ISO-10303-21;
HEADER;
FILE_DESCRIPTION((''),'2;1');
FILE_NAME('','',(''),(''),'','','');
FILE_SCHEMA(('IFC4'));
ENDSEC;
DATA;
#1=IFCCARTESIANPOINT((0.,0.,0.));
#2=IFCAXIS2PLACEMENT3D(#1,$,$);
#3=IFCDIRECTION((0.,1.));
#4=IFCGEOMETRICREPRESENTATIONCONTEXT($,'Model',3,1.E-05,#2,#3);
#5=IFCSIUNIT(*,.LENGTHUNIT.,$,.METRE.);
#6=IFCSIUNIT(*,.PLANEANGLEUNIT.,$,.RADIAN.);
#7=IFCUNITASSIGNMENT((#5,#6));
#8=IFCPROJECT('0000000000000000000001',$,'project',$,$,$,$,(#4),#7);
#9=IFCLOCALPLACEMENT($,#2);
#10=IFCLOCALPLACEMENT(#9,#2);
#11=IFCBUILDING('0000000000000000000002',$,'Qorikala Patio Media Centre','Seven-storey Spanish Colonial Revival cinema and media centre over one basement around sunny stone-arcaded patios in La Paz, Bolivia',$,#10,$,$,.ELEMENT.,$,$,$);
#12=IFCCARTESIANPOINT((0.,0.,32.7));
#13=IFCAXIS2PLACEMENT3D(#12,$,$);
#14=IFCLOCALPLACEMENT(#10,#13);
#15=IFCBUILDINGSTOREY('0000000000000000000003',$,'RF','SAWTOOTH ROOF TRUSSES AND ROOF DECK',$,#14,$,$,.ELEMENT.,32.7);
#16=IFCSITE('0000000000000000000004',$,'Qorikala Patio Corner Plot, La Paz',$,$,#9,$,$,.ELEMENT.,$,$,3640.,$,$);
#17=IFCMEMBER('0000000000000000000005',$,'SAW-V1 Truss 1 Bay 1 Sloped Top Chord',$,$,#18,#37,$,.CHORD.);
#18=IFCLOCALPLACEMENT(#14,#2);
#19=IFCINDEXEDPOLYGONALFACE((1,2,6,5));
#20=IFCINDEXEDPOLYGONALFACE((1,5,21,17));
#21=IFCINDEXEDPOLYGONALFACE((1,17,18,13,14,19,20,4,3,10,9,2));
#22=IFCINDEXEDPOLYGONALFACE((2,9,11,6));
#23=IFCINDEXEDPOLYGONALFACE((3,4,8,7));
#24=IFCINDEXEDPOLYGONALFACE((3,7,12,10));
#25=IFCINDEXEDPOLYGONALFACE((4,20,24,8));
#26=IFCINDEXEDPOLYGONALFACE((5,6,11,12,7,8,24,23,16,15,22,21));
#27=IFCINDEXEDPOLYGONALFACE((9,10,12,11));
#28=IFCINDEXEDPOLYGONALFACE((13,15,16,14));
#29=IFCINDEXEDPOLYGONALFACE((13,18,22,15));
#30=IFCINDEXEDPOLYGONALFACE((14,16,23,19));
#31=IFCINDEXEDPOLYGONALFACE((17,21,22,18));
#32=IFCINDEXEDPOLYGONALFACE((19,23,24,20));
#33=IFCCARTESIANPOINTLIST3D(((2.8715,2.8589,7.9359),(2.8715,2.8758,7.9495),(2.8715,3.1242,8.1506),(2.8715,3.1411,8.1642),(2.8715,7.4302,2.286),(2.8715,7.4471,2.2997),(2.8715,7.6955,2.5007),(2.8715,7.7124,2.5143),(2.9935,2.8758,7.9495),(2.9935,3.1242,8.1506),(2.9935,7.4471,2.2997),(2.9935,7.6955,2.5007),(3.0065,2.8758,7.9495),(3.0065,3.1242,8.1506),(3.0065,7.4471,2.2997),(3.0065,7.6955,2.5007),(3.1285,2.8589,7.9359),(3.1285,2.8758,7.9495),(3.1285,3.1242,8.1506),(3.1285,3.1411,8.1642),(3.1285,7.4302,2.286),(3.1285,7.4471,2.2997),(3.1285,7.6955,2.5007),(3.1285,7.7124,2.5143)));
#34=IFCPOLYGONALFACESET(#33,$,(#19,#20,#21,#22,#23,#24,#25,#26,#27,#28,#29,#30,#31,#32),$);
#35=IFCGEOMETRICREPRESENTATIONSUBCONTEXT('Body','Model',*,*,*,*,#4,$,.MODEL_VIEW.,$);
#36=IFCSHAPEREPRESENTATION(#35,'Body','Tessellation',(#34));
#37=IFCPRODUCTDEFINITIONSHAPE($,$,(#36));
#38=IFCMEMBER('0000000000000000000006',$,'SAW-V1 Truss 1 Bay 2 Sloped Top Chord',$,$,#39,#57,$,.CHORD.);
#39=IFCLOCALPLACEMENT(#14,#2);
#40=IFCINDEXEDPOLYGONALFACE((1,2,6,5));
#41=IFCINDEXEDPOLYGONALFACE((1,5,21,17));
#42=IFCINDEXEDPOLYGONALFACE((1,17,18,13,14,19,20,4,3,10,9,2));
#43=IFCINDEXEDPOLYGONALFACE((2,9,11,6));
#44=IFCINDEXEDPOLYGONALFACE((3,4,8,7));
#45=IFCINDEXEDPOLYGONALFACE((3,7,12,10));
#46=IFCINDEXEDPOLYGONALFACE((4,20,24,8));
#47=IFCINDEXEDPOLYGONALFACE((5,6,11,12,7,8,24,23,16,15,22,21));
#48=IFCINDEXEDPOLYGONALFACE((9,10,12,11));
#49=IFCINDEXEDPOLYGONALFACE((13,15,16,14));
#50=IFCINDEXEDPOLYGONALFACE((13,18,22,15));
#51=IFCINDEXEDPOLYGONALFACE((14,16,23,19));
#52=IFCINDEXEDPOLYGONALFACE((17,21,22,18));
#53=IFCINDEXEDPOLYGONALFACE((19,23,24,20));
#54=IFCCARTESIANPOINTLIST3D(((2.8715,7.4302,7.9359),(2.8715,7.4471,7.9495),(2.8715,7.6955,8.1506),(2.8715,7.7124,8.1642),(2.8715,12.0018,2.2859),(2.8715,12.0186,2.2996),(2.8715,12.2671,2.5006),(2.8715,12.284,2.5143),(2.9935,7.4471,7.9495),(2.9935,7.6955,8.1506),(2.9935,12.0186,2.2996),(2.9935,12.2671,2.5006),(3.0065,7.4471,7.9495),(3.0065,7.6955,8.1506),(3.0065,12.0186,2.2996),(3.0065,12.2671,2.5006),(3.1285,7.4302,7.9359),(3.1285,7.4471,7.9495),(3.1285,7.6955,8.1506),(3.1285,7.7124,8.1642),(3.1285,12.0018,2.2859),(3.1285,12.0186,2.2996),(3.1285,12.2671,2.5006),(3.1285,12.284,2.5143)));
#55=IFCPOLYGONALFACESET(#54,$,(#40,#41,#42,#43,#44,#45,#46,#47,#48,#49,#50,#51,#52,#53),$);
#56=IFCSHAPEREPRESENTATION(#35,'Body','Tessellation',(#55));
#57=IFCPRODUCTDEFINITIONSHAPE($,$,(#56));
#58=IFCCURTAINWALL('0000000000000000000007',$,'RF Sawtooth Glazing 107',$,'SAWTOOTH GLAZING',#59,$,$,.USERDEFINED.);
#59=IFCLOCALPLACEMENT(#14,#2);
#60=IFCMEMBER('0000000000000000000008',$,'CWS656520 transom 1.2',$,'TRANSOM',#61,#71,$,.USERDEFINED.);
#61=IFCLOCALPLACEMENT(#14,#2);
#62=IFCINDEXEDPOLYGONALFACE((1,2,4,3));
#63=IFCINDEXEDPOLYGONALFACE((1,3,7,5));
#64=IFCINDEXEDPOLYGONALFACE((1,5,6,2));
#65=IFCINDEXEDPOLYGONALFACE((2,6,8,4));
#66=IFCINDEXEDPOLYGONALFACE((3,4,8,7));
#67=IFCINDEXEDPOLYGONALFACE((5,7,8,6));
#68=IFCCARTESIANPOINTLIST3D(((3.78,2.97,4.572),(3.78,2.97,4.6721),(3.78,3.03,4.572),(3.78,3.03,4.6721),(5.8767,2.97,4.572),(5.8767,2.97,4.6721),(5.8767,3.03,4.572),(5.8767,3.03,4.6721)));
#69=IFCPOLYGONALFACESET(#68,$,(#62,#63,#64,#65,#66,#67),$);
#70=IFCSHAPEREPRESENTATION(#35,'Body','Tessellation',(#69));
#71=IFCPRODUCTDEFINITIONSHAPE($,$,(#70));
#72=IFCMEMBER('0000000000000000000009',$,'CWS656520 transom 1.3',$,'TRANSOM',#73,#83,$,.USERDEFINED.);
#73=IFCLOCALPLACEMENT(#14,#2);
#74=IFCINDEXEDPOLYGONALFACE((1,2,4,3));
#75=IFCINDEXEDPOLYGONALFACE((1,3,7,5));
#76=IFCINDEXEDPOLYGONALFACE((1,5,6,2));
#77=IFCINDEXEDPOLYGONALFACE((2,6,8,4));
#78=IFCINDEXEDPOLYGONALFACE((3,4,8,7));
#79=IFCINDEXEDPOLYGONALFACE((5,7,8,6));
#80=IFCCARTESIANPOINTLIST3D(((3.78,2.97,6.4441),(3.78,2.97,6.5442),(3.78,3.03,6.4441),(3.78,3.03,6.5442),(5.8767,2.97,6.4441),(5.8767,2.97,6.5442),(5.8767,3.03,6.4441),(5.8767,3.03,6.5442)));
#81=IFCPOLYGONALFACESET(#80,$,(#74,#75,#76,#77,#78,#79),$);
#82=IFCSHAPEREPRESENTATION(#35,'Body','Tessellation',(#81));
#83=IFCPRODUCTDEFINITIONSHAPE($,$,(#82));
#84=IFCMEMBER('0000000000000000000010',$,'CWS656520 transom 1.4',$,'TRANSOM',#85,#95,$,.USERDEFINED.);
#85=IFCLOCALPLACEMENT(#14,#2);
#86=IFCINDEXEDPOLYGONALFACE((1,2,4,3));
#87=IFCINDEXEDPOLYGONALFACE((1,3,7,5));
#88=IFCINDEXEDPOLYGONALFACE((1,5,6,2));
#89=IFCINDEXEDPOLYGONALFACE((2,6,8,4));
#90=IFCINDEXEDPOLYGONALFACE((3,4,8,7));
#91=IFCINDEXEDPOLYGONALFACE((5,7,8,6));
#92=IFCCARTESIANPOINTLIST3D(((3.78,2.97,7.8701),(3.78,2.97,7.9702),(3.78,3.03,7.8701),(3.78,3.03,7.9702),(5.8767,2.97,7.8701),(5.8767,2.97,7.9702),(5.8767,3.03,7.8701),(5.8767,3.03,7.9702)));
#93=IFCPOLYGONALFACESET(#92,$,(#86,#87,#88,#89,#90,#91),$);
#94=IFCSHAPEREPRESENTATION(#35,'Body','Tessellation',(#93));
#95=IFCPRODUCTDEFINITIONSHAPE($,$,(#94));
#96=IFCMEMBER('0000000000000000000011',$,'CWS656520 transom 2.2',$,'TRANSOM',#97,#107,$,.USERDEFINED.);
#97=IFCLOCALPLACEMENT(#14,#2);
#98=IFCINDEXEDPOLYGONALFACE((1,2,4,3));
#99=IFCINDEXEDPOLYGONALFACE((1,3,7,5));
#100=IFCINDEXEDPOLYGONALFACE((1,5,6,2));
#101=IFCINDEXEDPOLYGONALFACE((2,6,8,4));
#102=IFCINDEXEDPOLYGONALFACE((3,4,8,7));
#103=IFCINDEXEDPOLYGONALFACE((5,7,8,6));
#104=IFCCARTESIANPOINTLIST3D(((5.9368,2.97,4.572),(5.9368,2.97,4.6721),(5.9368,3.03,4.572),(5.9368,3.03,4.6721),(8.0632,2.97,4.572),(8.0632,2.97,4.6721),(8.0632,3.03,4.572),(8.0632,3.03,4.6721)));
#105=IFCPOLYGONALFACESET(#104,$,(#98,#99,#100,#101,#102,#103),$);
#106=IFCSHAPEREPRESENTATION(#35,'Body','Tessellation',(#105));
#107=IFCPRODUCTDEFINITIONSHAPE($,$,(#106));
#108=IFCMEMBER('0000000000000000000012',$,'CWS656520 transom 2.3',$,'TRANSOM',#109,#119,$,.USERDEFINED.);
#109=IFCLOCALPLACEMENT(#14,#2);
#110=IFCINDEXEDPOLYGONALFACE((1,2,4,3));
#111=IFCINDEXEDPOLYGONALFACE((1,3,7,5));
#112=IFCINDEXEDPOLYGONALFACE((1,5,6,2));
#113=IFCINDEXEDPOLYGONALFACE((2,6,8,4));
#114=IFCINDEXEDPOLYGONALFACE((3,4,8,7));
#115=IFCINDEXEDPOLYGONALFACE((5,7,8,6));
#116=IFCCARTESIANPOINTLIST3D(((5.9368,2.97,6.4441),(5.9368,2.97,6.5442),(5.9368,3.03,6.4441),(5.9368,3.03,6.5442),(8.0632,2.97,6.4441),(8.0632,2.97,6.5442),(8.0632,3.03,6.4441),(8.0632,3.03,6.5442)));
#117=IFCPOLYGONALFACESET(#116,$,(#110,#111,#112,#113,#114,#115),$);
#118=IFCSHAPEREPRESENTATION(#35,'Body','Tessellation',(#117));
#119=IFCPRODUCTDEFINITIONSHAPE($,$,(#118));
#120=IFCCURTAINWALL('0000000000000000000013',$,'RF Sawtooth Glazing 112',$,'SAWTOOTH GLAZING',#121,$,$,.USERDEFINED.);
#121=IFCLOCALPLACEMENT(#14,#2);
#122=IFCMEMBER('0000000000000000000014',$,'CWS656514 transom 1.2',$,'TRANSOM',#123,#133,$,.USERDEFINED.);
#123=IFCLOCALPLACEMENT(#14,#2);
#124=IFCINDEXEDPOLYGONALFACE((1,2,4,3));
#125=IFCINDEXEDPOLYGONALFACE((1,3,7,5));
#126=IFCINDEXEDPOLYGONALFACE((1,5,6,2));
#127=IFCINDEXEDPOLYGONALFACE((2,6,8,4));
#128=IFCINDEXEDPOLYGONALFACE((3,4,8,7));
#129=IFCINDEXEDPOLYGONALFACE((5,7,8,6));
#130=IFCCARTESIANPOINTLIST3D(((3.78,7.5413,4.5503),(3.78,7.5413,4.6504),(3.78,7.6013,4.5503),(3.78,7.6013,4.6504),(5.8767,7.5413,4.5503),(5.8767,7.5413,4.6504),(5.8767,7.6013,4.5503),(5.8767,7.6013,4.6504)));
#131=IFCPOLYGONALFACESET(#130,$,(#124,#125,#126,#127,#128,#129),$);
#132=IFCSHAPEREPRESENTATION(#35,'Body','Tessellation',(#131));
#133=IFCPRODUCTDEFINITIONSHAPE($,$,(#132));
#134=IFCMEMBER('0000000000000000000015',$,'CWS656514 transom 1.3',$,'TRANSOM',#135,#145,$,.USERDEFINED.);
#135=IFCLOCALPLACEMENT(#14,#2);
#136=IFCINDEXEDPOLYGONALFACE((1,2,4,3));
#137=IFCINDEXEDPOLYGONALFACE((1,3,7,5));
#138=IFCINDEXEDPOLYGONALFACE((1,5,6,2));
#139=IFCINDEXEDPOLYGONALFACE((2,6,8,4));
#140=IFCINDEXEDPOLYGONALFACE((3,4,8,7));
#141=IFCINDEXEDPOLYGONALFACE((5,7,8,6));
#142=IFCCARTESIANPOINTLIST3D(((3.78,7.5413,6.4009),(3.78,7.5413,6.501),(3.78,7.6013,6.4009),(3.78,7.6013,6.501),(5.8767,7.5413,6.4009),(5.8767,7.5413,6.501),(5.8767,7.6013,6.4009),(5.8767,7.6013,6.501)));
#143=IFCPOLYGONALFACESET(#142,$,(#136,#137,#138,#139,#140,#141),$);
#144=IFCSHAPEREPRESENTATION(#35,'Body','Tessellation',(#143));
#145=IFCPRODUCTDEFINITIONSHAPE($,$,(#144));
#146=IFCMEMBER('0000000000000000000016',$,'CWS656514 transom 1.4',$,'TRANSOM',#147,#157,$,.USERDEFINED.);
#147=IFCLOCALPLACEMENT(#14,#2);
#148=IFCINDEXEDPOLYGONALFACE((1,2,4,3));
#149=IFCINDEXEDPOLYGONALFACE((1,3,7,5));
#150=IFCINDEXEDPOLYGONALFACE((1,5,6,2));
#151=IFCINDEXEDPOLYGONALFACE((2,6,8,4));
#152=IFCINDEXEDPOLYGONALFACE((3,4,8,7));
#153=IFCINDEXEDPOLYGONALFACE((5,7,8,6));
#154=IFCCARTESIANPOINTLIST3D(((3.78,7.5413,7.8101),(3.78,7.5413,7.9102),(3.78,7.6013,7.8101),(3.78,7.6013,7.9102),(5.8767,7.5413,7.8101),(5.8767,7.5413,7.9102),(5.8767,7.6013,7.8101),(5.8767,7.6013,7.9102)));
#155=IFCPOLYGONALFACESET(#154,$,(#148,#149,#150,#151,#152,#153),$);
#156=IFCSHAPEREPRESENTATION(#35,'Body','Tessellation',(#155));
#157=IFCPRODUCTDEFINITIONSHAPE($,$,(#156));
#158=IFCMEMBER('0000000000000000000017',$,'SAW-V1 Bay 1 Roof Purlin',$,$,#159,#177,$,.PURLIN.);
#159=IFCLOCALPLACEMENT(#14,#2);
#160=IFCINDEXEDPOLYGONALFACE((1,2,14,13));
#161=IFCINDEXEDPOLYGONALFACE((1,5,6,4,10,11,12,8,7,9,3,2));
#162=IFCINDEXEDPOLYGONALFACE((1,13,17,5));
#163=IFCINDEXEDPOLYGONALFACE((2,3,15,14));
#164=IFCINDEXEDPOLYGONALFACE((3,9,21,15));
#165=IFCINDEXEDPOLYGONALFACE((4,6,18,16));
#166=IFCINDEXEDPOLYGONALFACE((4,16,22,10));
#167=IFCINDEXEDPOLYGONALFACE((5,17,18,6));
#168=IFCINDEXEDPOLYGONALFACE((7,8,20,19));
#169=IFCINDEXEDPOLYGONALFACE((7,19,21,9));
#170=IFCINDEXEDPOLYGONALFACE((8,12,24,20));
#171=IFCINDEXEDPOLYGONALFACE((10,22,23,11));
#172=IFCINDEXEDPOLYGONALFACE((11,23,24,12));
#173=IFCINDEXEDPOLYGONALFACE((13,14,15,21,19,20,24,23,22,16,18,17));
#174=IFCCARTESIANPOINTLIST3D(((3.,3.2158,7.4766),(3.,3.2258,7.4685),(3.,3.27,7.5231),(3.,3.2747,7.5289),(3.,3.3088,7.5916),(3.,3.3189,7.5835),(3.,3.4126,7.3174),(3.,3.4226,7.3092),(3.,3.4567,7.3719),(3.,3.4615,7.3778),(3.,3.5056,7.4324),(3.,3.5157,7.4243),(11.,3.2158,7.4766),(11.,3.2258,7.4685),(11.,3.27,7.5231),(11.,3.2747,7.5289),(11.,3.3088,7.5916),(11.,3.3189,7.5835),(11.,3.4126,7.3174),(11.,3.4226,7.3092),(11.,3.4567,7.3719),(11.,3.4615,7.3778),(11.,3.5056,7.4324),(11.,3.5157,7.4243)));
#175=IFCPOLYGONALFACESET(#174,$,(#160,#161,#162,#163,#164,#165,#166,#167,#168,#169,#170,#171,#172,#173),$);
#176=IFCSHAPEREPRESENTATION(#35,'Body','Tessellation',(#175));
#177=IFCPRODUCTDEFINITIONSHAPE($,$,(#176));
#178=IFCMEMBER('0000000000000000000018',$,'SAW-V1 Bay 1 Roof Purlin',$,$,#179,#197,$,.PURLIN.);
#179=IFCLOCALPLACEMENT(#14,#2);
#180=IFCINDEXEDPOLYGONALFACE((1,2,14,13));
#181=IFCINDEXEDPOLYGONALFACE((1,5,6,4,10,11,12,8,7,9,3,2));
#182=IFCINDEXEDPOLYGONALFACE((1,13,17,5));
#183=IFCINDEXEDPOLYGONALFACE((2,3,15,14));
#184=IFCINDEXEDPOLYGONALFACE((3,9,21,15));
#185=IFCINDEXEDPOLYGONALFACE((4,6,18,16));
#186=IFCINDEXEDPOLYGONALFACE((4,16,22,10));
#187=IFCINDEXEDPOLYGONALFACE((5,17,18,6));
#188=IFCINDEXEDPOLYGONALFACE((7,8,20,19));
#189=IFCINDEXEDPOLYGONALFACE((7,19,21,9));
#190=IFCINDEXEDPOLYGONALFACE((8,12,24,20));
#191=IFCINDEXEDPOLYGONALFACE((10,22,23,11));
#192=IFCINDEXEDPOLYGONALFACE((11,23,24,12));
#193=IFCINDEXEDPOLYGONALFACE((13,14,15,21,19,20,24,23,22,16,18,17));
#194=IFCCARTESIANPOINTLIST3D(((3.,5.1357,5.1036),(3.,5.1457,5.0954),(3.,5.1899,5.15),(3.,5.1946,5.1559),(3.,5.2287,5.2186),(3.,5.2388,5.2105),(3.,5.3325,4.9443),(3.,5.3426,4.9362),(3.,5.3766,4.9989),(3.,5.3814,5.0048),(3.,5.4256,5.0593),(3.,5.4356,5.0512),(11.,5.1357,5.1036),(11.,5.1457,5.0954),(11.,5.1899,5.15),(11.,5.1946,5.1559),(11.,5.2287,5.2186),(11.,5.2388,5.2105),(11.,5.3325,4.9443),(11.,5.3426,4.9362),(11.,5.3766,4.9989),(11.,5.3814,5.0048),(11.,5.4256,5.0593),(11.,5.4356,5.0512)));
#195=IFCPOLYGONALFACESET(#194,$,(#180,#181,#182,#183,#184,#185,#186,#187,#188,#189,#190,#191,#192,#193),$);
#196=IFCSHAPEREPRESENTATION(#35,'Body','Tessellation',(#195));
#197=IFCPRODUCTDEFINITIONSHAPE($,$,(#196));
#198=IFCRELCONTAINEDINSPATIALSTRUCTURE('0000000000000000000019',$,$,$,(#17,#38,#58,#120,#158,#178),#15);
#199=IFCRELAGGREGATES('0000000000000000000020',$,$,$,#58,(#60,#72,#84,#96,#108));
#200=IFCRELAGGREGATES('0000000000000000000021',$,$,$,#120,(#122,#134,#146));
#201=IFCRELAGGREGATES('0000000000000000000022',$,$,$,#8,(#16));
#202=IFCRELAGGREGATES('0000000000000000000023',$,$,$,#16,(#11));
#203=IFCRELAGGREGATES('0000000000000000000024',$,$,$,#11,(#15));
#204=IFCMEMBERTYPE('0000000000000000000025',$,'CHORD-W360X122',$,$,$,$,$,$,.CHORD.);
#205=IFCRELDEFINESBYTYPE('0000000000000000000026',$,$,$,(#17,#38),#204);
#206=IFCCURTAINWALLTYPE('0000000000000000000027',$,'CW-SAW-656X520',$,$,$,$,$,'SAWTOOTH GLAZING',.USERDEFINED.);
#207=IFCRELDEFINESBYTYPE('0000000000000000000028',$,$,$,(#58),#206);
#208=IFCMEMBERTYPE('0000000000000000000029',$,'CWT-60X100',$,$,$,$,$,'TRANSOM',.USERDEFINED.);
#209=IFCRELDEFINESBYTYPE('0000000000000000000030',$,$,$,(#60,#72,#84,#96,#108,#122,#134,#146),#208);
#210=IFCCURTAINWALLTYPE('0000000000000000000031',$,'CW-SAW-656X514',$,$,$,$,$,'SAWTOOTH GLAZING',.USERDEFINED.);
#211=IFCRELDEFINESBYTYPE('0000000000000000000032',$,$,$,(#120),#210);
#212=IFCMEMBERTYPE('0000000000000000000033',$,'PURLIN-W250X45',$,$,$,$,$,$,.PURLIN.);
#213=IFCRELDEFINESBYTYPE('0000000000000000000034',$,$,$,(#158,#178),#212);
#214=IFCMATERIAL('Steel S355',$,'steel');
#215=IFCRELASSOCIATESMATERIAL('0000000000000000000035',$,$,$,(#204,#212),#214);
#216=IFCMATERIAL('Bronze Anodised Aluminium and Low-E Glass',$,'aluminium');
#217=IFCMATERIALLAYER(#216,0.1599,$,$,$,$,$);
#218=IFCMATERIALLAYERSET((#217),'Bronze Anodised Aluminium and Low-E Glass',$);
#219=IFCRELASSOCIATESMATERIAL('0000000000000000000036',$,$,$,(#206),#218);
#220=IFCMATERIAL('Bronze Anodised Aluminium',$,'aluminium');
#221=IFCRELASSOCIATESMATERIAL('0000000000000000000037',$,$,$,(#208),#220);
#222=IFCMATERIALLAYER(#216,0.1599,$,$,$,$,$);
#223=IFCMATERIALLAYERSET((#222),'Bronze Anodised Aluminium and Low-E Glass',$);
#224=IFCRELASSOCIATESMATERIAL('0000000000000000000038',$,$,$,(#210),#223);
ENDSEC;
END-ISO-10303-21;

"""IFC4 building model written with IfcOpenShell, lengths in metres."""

from ifc_helpers import new_model, si_unit, direction, frame, origin, origin_2d, place, context, subcontext, project, spatial, rectangle, i_section, extrude, material, layer, layer_set, material_profile, profile_set, type_object, element, aggregate, save


model = new_model("IFC4")

# Units and contexts
model_context = context("Model", 3, precision=1e-05, world=origin(), true_north=direction((0.0, 1.0)))
body_context = subcontext(model_context, "Body", "Model", "MODEL_VIEW")
ifc_project = project(units=[si_unit("LENGTHUNIT", "METRE"), si_unit("PLANEANGLEUNIT", "RADIAN")], contexts=[model_context])

# Site, building, storey
site_placement = place(None, origin())
site = spatial("IfcSite", under=ifc_project, at=site_placement, Name="Qorikala Patio Corner Plot, La Paz", CompositionType="ELEMENT", RefElevation=3640.0)
building_placement = place(site_placement, origin())
building = spatial("IfcBuilding", under=site, at=building_placement, Name="Qorikala Patio Media Centre", Description="Seven-storey Spanish Colonial Revival cinema and media centre over one basement around sunny stone-arcaded patios in La Paz, Bolivia", CompositionType="ELEMENT")
storey_placement = place(building_placement, frame((0.0, 0.0, 32.7)))
storey = spatial("IfcBuildingStorey", under=building, at=storey_placement, Name="RF", Description="SAWTOOTH ROOF TRUSSES AND ROOF DECK", CompositionType="ELEMENT", Elevation=32.7)

# Members
ifc_material_1 = material(Name="Steel S355", Category="steel")
ifc_material_profile_1 = material_profile(ifc_material_1, i_section(OverallWidth=0.2571, OverallDepth=0.363, WebThickness=0.0129, FlangeThickness=0.0217, at=origin_2d()), Name="W360X122")
ifc_profile_set_1 = profile_set([ifc_material_profile_1], Name="Steel S355")
member_type_1 = type_object("IfcMemberType", Name="CHORD-W360X122", PredefinedType="CHORD", material=ifc_profile_set_1)
member_1_placement = place(storey_placement, frame((3.0, 3.0, 8.05), z_axis=(0.0, 0.628995, -0.777409), x_axis=(-1.0, 0.0, 0.0)))
element("IfcMember", 1, at=member_1_placement, inside=storey, type_object=member_type_1, Name="SAW-V1 Truss 1 Bay 1 Sloped Top Chord", PredefinedType="CHORD", context=body_context, shape_type="SweptSolid", body=[
    extrude(i_section(OverallWidth=0.2571, OverallDepth=0.363, WebThickness=0.0129, FlangeThickness=0.0217, at=origin_2d()), origin(), (0.0, 0.0, 1.0), 7.2676),
])
member_2_placement = place(storey_placement, frame((3.0, 7.5713, 8.05), z_axis=(0.0, 0.629016, -0.777393), x_axis=(-1.0, 0.0, 0.0)))
element("IfcMember", 2, at=member_2_placement, inside=storey, type_object=member_type_1, Name="SAW-V1 Truss 1 Bay 2 Sloped Top Chord", PredefinedType="CHORD", context=body_context, shape_type="SweptSolid", body=[
    extrude(i_section(OverallWidth=0.2571, OverallDepth=0.363, WebThickness=0.0129, FlangeThickness=0.0217, at=origin_2d()), origin(), (0.0, 0.0, 1.0), 7.2678),
])

# Curtain walls, members
ifc_material_2 = material(Name="Bronze Anodised Aluminium and Low-E Glass", Category="aluminium")
ifc_layer_1 = layer(ifc_material_2, 0.1599)
ifc_layer_set_1 = layer_set([ifc_layer_1], Name="Bronze Anodised Aluminium and Low-E Glass")
curtain_wall_type_1 = type_object("IfcCurtainWallType", Name="CW-SAW-656X520", ElementType="SAWTOOTH GLAZING", PredefinedType="USERDEFINED", material=ifc_layer_set_1)
curtain_wall_1_placement = place(storey_placement, origin())
curtain_wall_1 = element("IfcCurtainWall", 3, at=curtain_wall_1_placement, inside=storey, type_object=curtain_wall_type_1, Name="RF Sawtooth Glazing 107", ObjectType="SAWTOOTH GLAZING", PredefinedType="USERDEFINED")
ifc_material_3 = material(Name="Bronze Anodised Aluminium", Category="aluminium")
ifc_material_profile_2 = material_profile(ifc_material_3, rectangle(XDim=0.0601, YDim=0.1001, at=origin_2d()), Name="ALU TRANSOM 60x100")
ifc_profile_set_2 = profile_set([ifc_material_profile_2], Name="Bronze Anodised Aluminium")
member_type_2 = type_object("IfcMemberType", Name="CWT-60X100", ElementType="TRANSOM", PredefinedType="USERDEFINED", material=ifc_profile_set_2)
member_3_placement = place(storey_placement, frame((3.78, 3.0, 4.6221), z_axis=(1.0, 0.0, 0.0), x_axis=(0.0, 1.0, 0.0)))
member_3 = element("IfcMember", 4, at=member_3_placement, type_object=member_type_2, Name="CWS656520 transom 1.2", ObjectType="TRANSOM", PredefinedType="USERDEFINED", context=body_context, shape_type="SweptSolid", body=[
    extrude(rectangle(XDim=0.0601, YDim=0.1001, at=origin_2d()), origin(), (0.0, 0.0, 1.0), 2.0967),
])
member_4_placement = place(storey_placement, frame((3.78, 3.0, 6.4941), z_axis=(1.0, 0.0, 0.0), x_axis=(0.0, 1.0, 0.0)))
member_4 = element("IfcMember", 5, at=member_4_placement, type_object=member_type_2, Name="CWS656520 transom 1.3", ObjectType="TRANSOM", PredefinedType="USERDEFINED", context=body_context, shape_type="SweptSolid", body=[
    extrude(rectangle(XDim=0.0601, YDim=0.1001, at=origin_2d()), origin(), (0.0, 0.0, 1.0), 2.0967),
])
member_5_placement = place(storey_placement, frame((3.78, 3.0, 7.9202), z_axis=(1.0, 0.0, 0.0), x_axis=(0.0, 1.0, 0.0)))
member_5 = element("IfcMember", 6, at=member_5_placement, type_object=member_type_2, Name="CWS656520 transom 1.4", ObjectType="TRANSOM", PredefinedType="USERDEFINED", context=body_context, shape_type="SweptSolid", body=[
    extrude(rectangle(XDim=0.0601, YDim=0.1001, at=origin_2d()), origin(), (0.0, 0.0, 1.0), 2.0967),
])
member_6_placement = place(storey_placement, frame((5.9368, 3.0, 4.6221), z_axis=(1.0, 0.0, 0.0), x_axis=(0.0, 1.0, 0.0)))
member_6 = element("IfcMember", 7, at=member_6_placement, type_object=member_type_2, Name="CWS656520 transom 2.2", ObjectType="TRANSOM", PredefinedType="USERDEFINED", context=body_context, shape_type="SweptSolid", body=[
    extrude(rectangle(XDim=0.0601, YDim=0.1001, at=origin_2d()), origin(), (0.0, 0.0, 1.0), 2.1265),
])
member_7_placement = place(storey_placement, frame((5.9368, 3.0, 6.4941), z_axis=(1.0, 0.0, 0.0), x_axis=(0.0, 1.0, 0.0)))
member_7 = element("IfcMember", 8, at=member_7_placement, type_object=member_type_2, Name="CWS656520 transom 2.3", ObjectType="TRANSOM", PredefinedType="USERDEFINED", context=body_context, shape_type="SweptSolid", body=[
    extrude(rectangle(XDim=0.0601, YDim=0.1001, at=origin_2d()), origin(), (0.0, 0.0, 1.0), 2.1265),
])
ifc_layer_2 = layer(ifc_material_2, 0.1599)
ifc_layer_set_2 = layer_set([ifc_layer_2], Name="Bronze Anodised Aluminium and Low-E Glass")
curtain_wall_type_2 = type_object("IfcCurtainWallType", Name="CW-SAW-656X514", ElementType="SAWTOOTH GLAZING", PredefinedType="USERDEFINED", material=ifc_layer_set_2)
curtain_wall_2_placement = place(storey_placement, origin())
curtain_wall_2 = element("IfcCurtainWall", 9, at=curtain_wall_2_placement, inside=storey, type_object=curtain_wall_type_2, Name="RF Sawtooth Glazing 112", ObjectType="SAWTOOTH GLAZING", PredefinedType="USERDEFINED")
member_8_placement = place(storey_placement, frame((3.78, 7.5713, 4.6003), z_axis=(1.0, 0.0, 0.0), x_axis=(0.0, 1.0, 0.0)))
member_8 = element("IfcMember", 10, at=member_8_placement, type_object=member_type_2, Name="CWS656514 transom 1.2", ObjectType="TRANSOM", PredefinedType="USERDEFINED", context=body_context, shape_type="SweptSolid", body=[
    extrude(rectangle(XDim=0.0601, YDim=0.1001, at=origin_2d()), origin(), (0.0, 0.0, 1.0), 2.0967),
])
member_9_placement = place(storey_placement, frame((3.78, 7.5713, 6.4509), z_axis=(1.0, 0.0, 0.0), x_axis=(0.0, 1.0, 0.0)))
member_9 = element("IfcMember", 11, at=member_9_placement, type_object=member_type_2, Name="CWS656514 transom 1.3", ObjectType="TRANSOM", PredefinedType="USERDEFINED", context=body_context, shape_type="SweptSolid", body=[
    extrude(rectangle(XDim=0.0601, YDim=0.1001, at=origin_2d()), origin(), (0.0, 0.0, 1.0), 2.0967),
])
member_10_placement = place(storey_placement, frame((3.78, 7.5713, 7.8601), z_axis=(1.0, 0.0, 0.0), x_axis=(0.0, 1.0, 0.0)))
member_10 = element("IfcMember", 12, at=member_10_placement, type_object=member_type_2, Name="CWS656514 transom 1.4", ObjectType="TRANSOM", PredefinedType="USERDEFINED", context=body_context, shape_type="SweptSolid", body=[
    extrude(rectangle(XDim=0.0601, YDim=0.1001, at=origin_2d()), origin(), (0.0, 0.0, 1.0), 2.0967),
])

# Members
ifc_material_profile_3 = material_profile(ifc_material_1, i_section(OverallWidth=0.1479, OverallDepth=0.2661, WebThickness=0.0076, FlangeThickness=0.0129, at=origin_2d()), Name="W250X45")
ifc_profile_set_3 = profile_set([ifc_material_profile_3], Name="Steel S355")
member_type_3 = type_object("IfcMemberType", Name="PURLIN-W250X45", PredefinedType="PURLIN", material=ifc_profile_set_3)
for number, where, z_axis, x_axis, name in (
    (13, (3.0, 3.3657, 7.4504), (1.0, 0.0, 0.0), (0.0, 0.628995, 0.77741), "SAW-V1 Bay 1 Roof Purlin"),
    (14, (3.0, 5.2856, 5.0774), (1.0, 0.0, 0.0), (0.0, 0.628995, 0.77741), "SAW-V1 Bay 1 Roof Purlin"),
):
    element("IfcMember", number, at=place(storey_placement, frame(where, z_axis=z_axis, x_axis=x_axis)), inside=storey, type_object=member_type_3, Name=name, PredefinedType="PURLIN", context=body_context, shape_type="SweptSolid", body=[
        extrude(i_section(OverallWidth=0.1479, OverallDepth=0.2661, WebThickness=0.0076, FlangeThickness=0.0129, at=origin_2d()), origin(), (0.0, 0.0, 1.0), 8.0),
    ])

aggregate(curtain_wall_1, [member_3, member_4, member_5, member_6, member_7])
aggregate(curtain_wall_2, [member_8, member_9, member_10])

save(model, "model.ifc")
